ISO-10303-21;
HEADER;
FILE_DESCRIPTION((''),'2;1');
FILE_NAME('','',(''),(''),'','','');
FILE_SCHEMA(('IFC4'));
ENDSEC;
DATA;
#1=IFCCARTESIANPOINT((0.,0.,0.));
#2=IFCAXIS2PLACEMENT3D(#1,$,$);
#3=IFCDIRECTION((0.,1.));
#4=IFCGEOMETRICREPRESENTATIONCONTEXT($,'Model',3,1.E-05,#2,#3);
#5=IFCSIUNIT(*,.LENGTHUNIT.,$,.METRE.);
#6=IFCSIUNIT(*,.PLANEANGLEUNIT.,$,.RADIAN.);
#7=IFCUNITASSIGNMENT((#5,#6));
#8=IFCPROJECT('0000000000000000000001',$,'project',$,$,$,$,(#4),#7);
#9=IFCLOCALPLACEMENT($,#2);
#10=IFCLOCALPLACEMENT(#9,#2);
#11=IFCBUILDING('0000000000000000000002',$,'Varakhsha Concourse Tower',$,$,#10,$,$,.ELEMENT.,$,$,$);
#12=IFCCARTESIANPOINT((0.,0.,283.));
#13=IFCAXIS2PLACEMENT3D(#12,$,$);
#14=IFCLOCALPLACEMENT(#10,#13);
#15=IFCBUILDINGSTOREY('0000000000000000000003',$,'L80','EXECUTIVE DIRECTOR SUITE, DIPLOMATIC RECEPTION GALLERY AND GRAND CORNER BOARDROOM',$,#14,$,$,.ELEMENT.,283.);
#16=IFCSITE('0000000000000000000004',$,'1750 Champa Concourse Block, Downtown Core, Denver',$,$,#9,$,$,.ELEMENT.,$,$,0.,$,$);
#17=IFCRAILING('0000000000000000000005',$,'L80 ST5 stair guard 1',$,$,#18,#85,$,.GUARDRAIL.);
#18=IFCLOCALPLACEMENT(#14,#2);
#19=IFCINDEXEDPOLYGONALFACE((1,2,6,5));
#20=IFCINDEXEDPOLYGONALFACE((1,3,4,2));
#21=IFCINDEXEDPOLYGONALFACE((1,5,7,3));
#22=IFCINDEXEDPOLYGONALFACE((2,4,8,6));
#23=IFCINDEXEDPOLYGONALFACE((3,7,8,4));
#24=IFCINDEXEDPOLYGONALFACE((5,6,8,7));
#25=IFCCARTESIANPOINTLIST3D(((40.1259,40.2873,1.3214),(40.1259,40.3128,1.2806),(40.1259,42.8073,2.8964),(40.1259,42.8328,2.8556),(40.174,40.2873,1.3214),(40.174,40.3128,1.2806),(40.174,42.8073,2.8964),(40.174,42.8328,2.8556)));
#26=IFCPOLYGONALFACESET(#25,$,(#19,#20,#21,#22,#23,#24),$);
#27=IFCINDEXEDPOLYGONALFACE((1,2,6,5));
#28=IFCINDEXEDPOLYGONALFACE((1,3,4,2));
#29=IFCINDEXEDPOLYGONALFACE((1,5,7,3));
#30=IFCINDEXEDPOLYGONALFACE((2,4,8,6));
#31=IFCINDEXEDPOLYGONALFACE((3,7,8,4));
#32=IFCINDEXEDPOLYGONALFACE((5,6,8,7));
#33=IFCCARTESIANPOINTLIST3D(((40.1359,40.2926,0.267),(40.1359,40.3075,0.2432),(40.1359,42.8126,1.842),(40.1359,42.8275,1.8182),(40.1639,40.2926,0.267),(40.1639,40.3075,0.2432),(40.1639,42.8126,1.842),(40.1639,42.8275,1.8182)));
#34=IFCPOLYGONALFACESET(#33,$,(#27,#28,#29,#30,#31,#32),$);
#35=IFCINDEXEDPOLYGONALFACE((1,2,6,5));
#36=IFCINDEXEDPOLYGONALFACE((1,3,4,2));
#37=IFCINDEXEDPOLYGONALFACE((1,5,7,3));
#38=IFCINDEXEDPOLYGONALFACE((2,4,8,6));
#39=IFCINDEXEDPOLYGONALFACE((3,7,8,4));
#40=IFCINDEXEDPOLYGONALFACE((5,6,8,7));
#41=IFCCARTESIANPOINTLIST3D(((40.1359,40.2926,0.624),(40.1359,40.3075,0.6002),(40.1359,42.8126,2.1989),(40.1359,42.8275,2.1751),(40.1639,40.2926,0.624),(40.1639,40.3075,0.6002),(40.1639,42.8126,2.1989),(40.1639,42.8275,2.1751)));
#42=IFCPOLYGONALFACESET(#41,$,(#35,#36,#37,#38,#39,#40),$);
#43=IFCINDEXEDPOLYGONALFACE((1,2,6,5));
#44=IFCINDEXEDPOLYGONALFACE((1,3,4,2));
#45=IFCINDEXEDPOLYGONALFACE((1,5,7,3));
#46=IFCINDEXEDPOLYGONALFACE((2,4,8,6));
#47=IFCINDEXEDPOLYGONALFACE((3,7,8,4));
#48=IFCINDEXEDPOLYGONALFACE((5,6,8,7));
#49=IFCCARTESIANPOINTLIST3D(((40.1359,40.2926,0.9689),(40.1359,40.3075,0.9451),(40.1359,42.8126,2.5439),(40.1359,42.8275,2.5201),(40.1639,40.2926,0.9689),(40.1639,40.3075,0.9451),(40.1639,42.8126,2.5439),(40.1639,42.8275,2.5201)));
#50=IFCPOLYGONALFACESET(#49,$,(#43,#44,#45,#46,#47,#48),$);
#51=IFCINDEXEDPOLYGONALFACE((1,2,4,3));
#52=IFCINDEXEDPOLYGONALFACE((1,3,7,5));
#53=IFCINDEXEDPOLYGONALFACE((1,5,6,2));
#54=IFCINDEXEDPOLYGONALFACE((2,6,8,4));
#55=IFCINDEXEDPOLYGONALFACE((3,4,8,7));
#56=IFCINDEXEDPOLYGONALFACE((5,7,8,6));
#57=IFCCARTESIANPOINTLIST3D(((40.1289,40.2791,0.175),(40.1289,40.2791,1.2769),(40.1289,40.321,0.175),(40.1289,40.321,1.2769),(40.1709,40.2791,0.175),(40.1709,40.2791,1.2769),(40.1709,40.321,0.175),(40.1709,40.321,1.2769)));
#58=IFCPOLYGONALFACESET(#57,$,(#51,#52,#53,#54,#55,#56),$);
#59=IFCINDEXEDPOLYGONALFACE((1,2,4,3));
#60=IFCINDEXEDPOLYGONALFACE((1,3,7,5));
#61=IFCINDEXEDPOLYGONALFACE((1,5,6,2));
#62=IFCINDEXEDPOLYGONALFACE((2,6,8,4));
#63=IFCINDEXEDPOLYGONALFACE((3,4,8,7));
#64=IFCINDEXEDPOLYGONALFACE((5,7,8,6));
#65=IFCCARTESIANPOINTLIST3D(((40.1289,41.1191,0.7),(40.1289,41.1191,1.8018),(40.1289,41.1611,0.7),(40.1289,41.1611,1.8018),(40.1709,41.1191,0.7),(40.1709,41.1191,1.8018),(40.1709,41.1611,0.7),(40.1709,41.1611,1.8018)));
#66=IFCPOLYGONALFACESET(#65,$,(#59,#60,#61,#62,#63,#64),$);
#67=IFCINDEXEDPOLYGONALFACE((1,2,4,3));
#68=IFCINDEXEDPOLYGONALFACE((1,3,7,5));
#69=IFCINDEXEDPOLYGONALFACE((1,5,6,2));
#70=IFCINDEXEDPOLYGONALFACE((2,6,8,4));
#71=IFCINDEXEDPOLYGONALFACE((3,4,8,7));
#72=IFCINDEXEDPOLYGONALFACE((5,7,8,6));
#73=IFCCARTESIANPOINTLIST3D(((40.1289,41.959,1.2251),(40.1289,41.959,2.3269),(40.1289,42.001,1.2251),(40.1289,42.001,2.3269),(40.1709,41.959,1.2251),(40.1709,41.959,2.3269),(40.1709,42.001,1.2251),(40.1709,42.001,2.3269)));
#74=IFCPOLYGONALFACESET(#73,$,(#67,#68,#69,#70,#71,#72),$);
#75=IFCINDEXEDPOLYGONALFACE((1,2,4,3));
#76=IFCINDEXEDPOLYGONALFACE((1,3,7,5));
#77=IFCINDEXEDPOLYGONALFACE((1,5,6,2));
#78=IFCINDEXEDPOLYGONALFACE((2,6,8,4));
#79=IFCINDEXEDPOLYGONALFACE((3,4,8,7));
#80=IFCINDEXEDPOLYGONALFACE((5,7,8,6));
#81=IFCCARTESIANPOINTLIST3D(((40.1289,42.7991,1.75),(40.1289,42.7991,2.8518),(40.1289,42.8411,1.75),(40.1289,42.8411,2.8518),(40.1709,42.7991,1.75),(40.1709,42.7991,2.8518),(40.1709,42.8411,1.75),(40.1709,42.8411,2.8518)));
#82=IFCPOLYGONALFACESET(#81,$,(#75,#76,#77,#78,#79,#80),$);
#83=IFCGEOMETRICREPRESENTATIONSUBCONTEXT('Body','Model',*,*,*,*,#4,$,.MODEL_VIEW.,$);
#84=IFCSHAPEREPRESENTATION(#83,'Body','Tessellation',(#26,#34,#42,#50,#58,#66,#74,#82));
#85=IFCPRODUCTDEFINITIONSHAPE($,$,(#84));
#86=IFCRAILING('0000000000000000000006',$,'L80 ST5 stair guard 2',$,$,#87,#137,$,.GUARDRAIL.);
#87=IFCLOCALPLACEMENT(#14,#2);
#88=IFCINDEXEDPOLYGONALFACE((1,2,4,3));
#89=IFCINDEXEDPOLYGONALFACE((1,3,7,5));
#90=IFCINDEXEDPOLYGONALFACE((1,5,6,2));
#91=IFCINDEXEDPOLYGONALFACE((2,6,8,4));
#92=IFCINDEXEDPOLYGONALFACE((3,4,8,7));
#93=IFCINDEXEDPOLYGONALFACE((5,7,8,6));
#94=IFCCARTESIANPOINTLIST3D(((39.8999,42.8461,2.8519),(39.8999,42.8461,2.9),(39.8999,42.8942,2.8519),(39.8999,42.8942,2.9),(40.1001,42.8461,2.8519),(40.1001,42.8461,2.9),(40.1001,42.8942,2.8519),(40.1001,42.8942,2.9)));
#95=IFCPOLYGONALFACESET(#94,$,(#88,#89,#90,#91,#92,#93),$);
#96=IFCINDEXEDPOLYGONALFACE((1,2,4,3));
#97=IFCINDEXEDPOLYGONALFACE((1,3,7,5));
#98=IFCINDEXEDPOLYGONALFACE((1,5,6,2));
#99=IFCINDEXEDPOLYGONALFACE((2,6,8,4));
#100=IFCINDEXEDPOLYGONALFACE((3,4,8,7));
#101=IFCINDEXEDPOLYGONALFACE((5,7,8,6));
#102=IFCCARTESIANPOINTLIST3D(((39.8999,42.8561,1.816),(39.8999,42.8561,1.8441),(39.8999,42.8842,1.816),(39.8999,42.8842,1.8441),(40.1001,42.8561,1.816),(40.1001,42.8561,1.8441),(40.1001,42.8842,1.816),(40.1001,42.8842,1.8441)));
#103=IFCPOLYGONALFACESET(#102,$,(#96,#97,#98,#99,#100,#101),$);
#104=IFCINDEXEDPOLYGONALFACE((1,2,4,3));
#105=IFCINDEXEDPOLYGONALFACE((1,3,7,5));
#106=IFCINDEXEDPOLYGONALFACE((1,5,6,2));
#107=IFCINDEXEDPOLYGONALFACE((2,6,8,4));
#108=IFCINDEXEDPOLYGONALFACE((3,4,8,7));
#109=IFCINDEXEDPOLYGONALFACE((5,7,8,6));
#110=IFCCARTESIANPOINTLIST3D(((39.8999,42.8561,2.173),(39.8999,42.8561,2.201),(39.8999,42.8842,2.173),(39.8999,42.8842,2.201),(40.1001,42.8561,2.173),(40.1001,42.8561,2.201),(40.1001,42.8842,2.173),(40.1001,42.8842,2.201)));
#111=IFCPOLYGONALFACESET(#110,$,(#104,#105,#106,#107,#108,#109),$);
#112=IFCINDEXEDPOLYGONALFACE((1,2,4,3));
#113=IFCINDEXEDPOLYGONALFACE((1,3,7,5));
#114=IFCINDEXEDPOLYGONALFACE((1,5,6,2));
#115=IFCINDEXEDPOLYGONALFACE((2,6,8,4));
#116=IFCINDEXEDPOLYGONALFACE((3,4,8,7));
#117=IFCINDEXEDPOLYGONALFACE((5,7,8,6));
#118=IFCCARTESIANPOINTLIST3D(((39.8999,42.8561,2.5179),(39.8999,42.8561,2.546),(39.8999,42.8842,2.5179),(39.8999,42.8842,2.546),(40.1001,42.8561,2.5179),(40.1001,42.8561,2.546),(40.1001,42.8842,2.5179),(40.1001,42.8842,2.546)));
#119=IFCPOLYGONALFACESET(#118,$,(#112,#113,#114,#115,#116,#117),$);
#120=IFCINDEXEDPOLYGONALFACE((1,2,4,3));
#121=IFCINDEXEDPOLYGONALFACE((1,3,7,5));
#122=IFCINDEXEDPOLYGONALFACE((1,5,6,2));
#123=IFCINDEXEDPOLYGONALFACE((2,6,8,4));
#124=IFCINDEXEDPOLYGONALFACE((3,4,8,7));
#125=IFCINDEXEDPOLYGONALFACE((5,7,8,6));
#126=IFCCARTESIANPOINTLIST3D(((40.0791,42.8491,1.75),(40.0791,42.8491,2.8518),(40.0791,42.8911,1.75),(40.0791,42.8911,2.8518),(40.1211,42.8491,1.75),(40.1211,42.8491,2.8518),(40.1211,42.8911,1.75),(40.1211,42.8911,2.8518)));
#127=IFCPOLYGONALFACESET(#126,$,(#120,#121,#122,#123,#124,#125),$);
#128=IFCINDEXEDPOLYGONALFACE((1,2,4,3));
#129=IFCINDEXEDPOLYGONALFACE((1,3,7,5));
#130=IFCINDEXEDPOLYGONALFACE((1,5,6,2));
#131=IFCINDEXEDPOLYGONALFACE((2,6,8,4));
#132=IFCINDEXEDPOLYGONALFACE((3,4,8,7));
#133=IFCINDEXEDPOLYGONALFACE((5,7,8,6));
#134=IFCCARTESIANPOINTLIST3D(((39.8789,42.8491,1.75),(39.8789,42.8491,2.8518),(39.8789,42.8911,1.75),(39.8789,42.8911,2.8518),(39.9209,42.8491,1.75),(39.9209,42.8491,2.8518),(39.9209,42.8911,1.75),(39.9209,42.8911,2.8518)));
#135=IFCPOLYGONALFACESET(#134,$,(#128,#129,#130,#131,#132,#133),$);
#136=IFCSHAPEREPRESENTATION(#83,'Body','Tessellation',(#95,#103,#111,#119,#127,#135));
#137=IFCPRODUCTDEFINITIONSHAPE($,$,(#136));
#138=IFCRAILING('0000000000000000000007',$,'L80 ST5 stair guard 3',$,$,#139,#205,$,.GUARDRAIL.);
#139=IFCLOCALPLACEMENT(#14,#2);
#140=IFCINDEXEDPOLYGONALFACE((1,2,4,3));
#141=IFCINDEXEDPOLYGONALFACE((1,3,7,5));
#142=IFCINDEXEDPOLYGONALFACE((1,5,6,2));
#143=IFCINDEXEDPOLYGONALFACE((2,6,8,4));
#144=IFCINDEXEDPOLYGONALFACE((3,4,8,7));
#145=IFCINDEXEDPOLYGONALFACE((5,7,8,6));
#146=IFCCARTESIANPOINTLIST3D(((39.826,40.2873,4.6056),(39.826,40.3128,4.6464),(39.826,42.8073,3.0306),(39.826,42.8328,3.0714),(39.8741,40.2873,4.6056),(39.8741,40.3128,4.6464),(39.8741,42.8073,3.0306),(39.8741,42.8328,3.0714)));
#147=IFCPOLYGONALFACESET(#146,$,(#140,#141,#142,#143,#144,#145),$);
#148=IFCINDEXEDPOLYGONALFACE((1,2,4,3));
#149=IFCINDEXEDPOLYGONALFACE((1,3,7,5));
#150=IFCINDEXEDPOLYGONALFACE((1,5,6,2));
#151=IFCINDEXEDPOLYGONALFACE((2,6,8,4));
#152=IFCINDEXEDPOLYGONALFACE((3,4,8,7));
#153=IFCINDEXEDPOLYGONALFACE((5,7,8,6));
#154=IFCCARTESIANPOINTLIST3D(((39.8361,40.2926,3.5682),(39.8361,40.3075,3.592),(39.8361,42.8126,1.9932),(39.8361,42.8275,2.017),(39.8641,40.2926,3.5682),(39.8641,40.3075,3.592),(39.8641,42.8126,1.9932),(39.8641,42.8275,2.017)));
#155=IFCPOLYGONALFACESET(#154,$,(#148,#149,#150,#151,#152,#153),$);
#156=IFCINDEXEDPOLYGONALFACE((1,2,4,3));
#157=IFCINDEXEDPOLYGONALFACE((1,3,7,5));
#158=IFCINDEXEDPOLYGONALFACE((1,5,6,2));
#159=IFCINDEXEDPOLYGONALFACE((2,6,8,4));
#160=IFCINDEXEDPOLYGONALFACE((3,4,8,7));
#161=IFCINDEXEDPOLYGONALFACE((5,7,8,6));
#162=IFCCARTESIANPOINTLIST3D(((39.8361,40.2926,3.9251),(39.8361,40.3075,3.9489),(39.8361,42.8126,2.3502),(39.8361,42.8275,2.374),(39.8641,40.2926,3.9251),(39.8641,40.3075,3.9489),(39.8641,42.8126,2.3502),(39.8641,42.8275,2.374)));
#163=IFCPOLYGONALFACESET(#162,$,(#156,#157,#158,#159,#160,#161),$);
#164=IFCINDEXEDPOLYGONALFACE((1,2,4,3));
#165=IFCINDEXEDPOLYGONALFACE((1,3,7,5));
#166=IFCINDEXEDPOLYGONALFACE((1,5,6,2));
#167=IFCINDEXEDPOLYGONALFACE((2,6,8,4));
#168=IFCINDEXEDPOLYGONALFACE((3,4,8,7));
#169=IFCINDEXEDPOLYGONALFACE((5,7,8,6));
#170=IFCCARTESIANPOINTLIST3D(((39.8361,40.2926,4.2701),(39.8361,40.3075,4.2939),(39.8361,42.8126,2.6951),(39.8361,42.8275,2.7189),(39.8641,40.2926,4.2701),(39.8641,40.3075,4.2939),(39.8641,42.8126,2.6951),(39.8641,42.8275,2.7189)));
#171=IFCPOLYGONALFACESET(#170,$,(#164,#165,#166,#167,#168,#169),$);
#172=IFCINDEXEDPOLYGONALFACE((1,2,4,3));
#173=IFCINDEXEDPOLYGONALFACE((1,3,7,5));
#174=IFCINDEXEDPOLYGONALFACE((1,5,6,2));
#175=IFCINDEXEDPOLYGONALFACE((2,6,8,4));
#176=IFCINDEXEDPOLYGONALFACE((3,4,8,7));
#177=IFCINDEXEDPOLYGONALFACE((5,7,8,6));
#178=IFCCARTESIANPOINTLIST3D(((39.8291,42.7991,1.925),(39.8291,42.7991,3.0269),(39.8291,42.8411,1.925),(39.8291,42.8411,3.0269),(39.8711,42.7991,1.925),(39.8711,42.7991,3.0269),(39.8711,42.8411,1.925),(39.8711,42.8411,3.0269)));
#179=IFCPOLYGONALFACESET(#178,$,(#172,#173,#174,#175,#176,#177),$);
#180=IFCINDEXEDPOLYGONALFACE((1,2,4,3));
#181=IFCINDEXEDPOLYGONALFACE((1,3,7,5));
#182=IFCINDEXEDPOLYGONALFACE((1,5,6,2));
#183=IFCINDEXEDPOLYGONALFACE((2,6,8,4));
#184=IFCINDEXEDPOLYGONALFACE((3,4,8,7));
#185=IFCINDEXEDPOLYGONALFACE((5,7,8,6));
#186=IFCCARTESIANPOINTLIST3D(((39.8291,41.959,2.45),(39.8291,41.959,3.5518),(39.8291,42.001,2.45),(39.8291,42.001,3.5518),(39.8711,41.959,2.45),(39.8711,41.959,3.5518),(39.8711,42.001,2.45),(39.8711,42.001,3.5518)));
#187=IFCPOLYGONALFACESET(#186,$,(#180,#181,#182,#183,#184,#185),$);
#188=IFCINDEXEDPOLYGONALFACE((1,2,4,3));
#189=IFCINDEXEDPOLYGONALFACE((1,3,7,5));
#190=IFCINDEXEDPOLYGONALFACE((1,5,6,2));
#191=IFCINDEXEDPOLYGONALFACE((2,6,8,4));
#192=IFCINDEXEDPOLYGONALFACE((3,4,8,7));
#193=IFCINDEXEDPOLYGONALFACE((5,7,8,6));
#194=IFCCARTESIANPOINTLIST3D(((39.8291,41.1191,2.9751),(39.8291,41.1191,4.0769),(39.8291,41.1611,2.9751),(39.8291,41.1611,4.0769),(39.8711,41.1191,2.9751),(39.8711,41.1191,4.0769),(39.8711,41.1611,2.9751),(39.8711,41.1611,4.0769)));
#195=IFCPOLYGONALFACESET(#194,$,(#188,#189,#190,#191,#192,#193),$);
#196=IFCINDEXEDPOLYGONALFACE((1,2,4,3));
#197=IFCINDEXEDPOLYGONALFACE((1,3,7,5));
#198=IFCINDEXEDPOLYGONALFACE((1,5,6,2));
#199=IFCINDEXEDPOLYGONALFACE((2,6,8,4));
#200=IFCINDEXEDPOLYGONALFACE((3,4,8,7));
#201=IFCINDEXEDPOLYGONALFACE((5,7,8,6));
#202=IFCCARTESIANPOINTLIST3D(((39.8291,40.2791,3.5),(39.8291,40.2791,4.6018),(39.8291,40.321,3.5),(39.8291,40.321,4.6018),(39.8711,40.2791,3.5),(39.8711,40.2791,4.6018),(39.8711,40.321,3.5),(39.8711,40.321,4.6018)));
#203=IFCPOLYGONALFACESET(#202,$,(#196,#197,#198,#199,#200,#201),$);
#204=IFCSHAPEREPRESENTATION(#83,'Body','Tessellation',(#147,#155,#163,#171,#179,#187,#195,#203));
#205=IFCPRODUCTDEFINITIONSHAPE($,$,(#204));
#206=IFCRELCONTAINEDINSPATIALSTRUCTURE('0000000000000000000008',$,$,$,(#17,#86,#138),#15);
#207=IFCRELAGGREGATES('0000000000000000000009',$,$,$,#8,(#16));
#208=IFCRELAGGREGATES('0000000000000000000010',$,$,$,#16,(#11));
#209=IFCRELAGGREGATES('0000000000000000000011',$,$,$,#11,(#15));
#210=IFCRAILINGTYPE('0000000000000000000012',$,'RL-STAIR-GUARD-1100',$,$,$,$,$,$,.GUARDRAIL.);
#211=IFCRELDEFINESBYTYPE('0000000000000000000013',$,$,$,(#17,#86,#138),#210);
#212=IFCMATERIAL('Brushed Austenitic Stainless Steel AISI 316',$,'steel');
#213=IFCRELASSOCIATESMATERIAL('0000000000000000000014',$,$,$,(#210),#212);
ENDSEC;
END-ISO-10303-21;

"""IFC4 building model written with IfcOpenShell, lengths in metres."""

from ifc_helpers import new_model, si_unit, direction, frame, origin, origin_2d, place, context, subcontext, project, spatial, rectangle, extrude, material, type_object, element, save


model = new_model("IFC4")

# Units and contexts
model_context = context("Model", 3, precision=1e-05, world=origin(), true_north=direction((0.0, 1.0)))
body_context = subcontext(model_context, "Body", "Model", "MODEL_VIEW")
ifc_project = project(units=[si_unit("LENGTHUNIT", "METRE"), si_unit("PLANEANGLEUNIT", "RADIAN")], contexts=[model_context])

# Site, building, storey
site_placement = place(None, origin())
site = spatial("IfcSite", under=ifc_project, at=site_placement, Name="1750 Champa Concourse Block, Downtown Core, Denver", CompositionType="ELEMENT", RefElevation=0.0)
building_placement = place(site_placement, origin())
building = spatial("IfcBuilding", under=site, at=building_placement, Name="Varakhsha Concourse Tower", CompositionType="ELEMENT")
storey_placement = place(building_placement, frame((0.0, 0.0, 283.0)))
storey = spatial("IfcBuildingStorey", under=building, at=storey_placement, Name="L80", Description="EXECUTIVE DIRECTOR SUITE, DIPLOMATIC RECEPTION GALLERY AND GRAND CORNER BOARDROOM", CompositionType="ELEMENT", Elevation=283.0)

# Railings
ifc_material_1 = material(Name="Brushed Austenitic Stainless Steel AISI 316", Category="steel")
railing_type_1 = type_object("IfcRailingType", Name="RL-STAIR-GUARD-1100", PredefinedType="GUARDRAIL", material=ifc_material_1)
railing_1_placement = place(storey_placement, frame((40.1499, 40.3, 0.175)))
element("IfcRailing", 1, at=railing_1_placement, inside=storey, type_object=railing_type_1, Name="L80 ST5 stair guard 1", PredefinedType="GUARDRAIL", context=body_context, shape_type="SweptSolid", body=[
    extrude(rectangle(XDim=0.0481, YDim=0.0481, at=origin_2d()), frame((0.0, 0.0, 1.126), z_axis=(0.0, 0.848008, 0.529984), x_axis=(-1.0, 0.0, 0.0)), (0.0, 0.0, 1.0), 2.9717),
    extrude(rectangle(XDim=0.0281, YDim=0.0281, at=origin_2d()), frame((0.0, 0.0, 0.0801), z_axis=(0.0, 0.848008, 0.529984), x_axis=(-1.0, 0.0, 0.0)), (0.0, 0.0, 1.0), 2.9717),
    extrude(rectangle(XDim=0.0281, YDim=0.0281, at=origin_2d()), frame((0.0, 0.0, 0.437), z_axis=(0.0, 0.848008, 0.529984), x_axis=(-1.0, 0.0, 0.0)), (0.0, 0.0, 1.0), 2.9717),
    extrude(rectangle(XDim=0.0281, YDim=0.0281, at=origin_2d()), frame((0.0, 0.0, 0.782), z_axis=(0.0, 0.848008, 0.529984), x_axis=(-1.0, 0.0, 0.0)), (0.0, 0.0, 1.0), 2.9717),
    extrude(rectangle(XDim=0.042, YDim=0.042, at=origin_2d()), origin(), (0.0, 0.0, 1.0), 1.1018),
    extrude(rectangle(XDim=0.042, YDim=0.042, at=origin_2d()), frame((0.0, 0.8401, 0.5249)), (0.0, 0.0, 1.0), 1.1018),
    extrude(rectangle(XDim=0.042, YDim=0.042, at=origin_2d()), frame((0.0, 1.6799, 1.05)), (0.0, 0.0, 1.0), 1.1018),
    extrude(rectangle(XDim=0.042, YDim=0.042, at=origin_2d()), frame((0.0, 2.52, 1.575)), (0.0, 0.0, 1.0), 1.1018),
])
railing_2_placement = place(storey_placement, frame((40.1001, 42.8701, 1.75)))
element("IfcRailing", 2, at=railing_2_placement, inside=storey, type_object=railing_type_1, Name="L80 ST5 stair guard 2", PredefinedType="GUARDRAIL", context=body_context, shape_type="SweptSolid", body=[
    extrude(rectangle(XDim=0.0481, YDim=0.0481, at=origin_2d()), frame((0.0, 0.0, 1.126), z_axis=(-1.0, 0.0, 0.0), x_axis=(0.0, -1.0, 0.0)), (0.0, 0.0, 1.0), 0.2002),
    extrude(rectangle(XDim=0.0281, YDim=0.0281, at=origin_2d()), frame((0.0, 0.0, 0.0801), z_axis=(-1.0, 0.0, 0.0), x_axis=(0.0, -1.0, 0.0)), (0.0, 0.0, 1.0), 0.2002),
    extrude(rectangle(XDim=0.0281, YDim=0.0281, at=origin_2d()), frame((0.0, 0.0, 0.437), z_axis=(-1.0, 0.0, 0.0), x_axis=(0.0, -1.0, 0.0)), (0.0, 0.0, 1.0), 0.2002),
    extrude(rectangle(XDim=0.0281, YDim=0.0281, at=origin_2d()), frame((0.0, 0.0, 0.782), z_axis=(-1.0, 0.0, 0.0), x_axis=(0.0, -1.0, 0.0)), (0.0, 0.0, 1.0), 0.2002),
    extrude(rectangle(XDim=0.042, YDim=0.042, at=origin_2d()), origin(), (0.0, 0.0, 1.0), 1.1018),
    extrude(rectangle(XDim=0.042, YDim=0.042, at=origin_2d()), frame((-0.2002, 0.0, 0.0)), (0.0, 0.0, 1.0), 1.1018),
])
railing_3_placement = place(storey_placement, frame((39.8501, 42.8201, 1.925)))
element("IfcRailing", 3, at=railing_3_placement, inside=storey, type_object=railing_type_1, Name="L80 ST5 stair guard 3", PredefinedType="GUARDRAIL", context=body_context, shape_type="SweptSolid", body=[
    extrude(rectangle(XDim=0.0481, YDim=0.0481, at=origin_2d()), frame((0.0, 0.0, 1.126), z_axis=(0.0, -0.848008, 0.529984), x_axis=(1.0, 0.0, 0.0)), (0.0, 0.0, 1.0), 2.9717),
    extrude(rectangle(XDim=0.0281, YDim=0.0281, at=origin_2d()), frame((0.0, 0.0, 0.0801), z_axis=(0.0, -0.848008, 0.529984), x_axis=(1.0, 0.0, 0.0)), (0.0, 0.0, 1.0), 2.9717),
    extrude(rectangle(XDim=0.0281, YDim=0.0281, at=origin_2d()), frame((0.0, 0.0, 0.437), z_axis=(0.0, -0.848008, 0.529984), x_axis=(1.0, 0.0, 0.0)), (0.0, 0.0, 1.0), 2.9717),
    extrude(rectangle(XDim=0.0281, YDim=0.0281, at=origin_2d()), frame((0.0, 0.0, 0.782), z_axis=(0.0, -0.848008, 0.529984), x_axis=(1.0, 0.0, 0.0)), (0.0, 0.0, 1.0), 2.9717),
    extrude(rectangle(XDim=0.042, YDim=0.042, at=origin_2d()), origin(), (0.0, 0.0, 1.0), 1.1018),
    extrude(rectangle(XDim=0.042, YDim=0.042, at=origin_2d()), frame((0.0, -0.8401, 0.5249)), (0.0, 0.0, 1.0), 1.1018),
    extrude(rectangle(XDim=0.042, YDim=0.042, at=origin_2d()), frame((0.0, -1.6799, 1.05)), (0.0, 0.0, 1.0), 1.1018),
    extrude(rectangle(XDim=0.042, YDim=0.042, at=origin_2d()), frame((0.0, -2.52, 1.575)), (0.0, 0.0, 1.0), 1.1018),
])

save(model, "model.ifc")
